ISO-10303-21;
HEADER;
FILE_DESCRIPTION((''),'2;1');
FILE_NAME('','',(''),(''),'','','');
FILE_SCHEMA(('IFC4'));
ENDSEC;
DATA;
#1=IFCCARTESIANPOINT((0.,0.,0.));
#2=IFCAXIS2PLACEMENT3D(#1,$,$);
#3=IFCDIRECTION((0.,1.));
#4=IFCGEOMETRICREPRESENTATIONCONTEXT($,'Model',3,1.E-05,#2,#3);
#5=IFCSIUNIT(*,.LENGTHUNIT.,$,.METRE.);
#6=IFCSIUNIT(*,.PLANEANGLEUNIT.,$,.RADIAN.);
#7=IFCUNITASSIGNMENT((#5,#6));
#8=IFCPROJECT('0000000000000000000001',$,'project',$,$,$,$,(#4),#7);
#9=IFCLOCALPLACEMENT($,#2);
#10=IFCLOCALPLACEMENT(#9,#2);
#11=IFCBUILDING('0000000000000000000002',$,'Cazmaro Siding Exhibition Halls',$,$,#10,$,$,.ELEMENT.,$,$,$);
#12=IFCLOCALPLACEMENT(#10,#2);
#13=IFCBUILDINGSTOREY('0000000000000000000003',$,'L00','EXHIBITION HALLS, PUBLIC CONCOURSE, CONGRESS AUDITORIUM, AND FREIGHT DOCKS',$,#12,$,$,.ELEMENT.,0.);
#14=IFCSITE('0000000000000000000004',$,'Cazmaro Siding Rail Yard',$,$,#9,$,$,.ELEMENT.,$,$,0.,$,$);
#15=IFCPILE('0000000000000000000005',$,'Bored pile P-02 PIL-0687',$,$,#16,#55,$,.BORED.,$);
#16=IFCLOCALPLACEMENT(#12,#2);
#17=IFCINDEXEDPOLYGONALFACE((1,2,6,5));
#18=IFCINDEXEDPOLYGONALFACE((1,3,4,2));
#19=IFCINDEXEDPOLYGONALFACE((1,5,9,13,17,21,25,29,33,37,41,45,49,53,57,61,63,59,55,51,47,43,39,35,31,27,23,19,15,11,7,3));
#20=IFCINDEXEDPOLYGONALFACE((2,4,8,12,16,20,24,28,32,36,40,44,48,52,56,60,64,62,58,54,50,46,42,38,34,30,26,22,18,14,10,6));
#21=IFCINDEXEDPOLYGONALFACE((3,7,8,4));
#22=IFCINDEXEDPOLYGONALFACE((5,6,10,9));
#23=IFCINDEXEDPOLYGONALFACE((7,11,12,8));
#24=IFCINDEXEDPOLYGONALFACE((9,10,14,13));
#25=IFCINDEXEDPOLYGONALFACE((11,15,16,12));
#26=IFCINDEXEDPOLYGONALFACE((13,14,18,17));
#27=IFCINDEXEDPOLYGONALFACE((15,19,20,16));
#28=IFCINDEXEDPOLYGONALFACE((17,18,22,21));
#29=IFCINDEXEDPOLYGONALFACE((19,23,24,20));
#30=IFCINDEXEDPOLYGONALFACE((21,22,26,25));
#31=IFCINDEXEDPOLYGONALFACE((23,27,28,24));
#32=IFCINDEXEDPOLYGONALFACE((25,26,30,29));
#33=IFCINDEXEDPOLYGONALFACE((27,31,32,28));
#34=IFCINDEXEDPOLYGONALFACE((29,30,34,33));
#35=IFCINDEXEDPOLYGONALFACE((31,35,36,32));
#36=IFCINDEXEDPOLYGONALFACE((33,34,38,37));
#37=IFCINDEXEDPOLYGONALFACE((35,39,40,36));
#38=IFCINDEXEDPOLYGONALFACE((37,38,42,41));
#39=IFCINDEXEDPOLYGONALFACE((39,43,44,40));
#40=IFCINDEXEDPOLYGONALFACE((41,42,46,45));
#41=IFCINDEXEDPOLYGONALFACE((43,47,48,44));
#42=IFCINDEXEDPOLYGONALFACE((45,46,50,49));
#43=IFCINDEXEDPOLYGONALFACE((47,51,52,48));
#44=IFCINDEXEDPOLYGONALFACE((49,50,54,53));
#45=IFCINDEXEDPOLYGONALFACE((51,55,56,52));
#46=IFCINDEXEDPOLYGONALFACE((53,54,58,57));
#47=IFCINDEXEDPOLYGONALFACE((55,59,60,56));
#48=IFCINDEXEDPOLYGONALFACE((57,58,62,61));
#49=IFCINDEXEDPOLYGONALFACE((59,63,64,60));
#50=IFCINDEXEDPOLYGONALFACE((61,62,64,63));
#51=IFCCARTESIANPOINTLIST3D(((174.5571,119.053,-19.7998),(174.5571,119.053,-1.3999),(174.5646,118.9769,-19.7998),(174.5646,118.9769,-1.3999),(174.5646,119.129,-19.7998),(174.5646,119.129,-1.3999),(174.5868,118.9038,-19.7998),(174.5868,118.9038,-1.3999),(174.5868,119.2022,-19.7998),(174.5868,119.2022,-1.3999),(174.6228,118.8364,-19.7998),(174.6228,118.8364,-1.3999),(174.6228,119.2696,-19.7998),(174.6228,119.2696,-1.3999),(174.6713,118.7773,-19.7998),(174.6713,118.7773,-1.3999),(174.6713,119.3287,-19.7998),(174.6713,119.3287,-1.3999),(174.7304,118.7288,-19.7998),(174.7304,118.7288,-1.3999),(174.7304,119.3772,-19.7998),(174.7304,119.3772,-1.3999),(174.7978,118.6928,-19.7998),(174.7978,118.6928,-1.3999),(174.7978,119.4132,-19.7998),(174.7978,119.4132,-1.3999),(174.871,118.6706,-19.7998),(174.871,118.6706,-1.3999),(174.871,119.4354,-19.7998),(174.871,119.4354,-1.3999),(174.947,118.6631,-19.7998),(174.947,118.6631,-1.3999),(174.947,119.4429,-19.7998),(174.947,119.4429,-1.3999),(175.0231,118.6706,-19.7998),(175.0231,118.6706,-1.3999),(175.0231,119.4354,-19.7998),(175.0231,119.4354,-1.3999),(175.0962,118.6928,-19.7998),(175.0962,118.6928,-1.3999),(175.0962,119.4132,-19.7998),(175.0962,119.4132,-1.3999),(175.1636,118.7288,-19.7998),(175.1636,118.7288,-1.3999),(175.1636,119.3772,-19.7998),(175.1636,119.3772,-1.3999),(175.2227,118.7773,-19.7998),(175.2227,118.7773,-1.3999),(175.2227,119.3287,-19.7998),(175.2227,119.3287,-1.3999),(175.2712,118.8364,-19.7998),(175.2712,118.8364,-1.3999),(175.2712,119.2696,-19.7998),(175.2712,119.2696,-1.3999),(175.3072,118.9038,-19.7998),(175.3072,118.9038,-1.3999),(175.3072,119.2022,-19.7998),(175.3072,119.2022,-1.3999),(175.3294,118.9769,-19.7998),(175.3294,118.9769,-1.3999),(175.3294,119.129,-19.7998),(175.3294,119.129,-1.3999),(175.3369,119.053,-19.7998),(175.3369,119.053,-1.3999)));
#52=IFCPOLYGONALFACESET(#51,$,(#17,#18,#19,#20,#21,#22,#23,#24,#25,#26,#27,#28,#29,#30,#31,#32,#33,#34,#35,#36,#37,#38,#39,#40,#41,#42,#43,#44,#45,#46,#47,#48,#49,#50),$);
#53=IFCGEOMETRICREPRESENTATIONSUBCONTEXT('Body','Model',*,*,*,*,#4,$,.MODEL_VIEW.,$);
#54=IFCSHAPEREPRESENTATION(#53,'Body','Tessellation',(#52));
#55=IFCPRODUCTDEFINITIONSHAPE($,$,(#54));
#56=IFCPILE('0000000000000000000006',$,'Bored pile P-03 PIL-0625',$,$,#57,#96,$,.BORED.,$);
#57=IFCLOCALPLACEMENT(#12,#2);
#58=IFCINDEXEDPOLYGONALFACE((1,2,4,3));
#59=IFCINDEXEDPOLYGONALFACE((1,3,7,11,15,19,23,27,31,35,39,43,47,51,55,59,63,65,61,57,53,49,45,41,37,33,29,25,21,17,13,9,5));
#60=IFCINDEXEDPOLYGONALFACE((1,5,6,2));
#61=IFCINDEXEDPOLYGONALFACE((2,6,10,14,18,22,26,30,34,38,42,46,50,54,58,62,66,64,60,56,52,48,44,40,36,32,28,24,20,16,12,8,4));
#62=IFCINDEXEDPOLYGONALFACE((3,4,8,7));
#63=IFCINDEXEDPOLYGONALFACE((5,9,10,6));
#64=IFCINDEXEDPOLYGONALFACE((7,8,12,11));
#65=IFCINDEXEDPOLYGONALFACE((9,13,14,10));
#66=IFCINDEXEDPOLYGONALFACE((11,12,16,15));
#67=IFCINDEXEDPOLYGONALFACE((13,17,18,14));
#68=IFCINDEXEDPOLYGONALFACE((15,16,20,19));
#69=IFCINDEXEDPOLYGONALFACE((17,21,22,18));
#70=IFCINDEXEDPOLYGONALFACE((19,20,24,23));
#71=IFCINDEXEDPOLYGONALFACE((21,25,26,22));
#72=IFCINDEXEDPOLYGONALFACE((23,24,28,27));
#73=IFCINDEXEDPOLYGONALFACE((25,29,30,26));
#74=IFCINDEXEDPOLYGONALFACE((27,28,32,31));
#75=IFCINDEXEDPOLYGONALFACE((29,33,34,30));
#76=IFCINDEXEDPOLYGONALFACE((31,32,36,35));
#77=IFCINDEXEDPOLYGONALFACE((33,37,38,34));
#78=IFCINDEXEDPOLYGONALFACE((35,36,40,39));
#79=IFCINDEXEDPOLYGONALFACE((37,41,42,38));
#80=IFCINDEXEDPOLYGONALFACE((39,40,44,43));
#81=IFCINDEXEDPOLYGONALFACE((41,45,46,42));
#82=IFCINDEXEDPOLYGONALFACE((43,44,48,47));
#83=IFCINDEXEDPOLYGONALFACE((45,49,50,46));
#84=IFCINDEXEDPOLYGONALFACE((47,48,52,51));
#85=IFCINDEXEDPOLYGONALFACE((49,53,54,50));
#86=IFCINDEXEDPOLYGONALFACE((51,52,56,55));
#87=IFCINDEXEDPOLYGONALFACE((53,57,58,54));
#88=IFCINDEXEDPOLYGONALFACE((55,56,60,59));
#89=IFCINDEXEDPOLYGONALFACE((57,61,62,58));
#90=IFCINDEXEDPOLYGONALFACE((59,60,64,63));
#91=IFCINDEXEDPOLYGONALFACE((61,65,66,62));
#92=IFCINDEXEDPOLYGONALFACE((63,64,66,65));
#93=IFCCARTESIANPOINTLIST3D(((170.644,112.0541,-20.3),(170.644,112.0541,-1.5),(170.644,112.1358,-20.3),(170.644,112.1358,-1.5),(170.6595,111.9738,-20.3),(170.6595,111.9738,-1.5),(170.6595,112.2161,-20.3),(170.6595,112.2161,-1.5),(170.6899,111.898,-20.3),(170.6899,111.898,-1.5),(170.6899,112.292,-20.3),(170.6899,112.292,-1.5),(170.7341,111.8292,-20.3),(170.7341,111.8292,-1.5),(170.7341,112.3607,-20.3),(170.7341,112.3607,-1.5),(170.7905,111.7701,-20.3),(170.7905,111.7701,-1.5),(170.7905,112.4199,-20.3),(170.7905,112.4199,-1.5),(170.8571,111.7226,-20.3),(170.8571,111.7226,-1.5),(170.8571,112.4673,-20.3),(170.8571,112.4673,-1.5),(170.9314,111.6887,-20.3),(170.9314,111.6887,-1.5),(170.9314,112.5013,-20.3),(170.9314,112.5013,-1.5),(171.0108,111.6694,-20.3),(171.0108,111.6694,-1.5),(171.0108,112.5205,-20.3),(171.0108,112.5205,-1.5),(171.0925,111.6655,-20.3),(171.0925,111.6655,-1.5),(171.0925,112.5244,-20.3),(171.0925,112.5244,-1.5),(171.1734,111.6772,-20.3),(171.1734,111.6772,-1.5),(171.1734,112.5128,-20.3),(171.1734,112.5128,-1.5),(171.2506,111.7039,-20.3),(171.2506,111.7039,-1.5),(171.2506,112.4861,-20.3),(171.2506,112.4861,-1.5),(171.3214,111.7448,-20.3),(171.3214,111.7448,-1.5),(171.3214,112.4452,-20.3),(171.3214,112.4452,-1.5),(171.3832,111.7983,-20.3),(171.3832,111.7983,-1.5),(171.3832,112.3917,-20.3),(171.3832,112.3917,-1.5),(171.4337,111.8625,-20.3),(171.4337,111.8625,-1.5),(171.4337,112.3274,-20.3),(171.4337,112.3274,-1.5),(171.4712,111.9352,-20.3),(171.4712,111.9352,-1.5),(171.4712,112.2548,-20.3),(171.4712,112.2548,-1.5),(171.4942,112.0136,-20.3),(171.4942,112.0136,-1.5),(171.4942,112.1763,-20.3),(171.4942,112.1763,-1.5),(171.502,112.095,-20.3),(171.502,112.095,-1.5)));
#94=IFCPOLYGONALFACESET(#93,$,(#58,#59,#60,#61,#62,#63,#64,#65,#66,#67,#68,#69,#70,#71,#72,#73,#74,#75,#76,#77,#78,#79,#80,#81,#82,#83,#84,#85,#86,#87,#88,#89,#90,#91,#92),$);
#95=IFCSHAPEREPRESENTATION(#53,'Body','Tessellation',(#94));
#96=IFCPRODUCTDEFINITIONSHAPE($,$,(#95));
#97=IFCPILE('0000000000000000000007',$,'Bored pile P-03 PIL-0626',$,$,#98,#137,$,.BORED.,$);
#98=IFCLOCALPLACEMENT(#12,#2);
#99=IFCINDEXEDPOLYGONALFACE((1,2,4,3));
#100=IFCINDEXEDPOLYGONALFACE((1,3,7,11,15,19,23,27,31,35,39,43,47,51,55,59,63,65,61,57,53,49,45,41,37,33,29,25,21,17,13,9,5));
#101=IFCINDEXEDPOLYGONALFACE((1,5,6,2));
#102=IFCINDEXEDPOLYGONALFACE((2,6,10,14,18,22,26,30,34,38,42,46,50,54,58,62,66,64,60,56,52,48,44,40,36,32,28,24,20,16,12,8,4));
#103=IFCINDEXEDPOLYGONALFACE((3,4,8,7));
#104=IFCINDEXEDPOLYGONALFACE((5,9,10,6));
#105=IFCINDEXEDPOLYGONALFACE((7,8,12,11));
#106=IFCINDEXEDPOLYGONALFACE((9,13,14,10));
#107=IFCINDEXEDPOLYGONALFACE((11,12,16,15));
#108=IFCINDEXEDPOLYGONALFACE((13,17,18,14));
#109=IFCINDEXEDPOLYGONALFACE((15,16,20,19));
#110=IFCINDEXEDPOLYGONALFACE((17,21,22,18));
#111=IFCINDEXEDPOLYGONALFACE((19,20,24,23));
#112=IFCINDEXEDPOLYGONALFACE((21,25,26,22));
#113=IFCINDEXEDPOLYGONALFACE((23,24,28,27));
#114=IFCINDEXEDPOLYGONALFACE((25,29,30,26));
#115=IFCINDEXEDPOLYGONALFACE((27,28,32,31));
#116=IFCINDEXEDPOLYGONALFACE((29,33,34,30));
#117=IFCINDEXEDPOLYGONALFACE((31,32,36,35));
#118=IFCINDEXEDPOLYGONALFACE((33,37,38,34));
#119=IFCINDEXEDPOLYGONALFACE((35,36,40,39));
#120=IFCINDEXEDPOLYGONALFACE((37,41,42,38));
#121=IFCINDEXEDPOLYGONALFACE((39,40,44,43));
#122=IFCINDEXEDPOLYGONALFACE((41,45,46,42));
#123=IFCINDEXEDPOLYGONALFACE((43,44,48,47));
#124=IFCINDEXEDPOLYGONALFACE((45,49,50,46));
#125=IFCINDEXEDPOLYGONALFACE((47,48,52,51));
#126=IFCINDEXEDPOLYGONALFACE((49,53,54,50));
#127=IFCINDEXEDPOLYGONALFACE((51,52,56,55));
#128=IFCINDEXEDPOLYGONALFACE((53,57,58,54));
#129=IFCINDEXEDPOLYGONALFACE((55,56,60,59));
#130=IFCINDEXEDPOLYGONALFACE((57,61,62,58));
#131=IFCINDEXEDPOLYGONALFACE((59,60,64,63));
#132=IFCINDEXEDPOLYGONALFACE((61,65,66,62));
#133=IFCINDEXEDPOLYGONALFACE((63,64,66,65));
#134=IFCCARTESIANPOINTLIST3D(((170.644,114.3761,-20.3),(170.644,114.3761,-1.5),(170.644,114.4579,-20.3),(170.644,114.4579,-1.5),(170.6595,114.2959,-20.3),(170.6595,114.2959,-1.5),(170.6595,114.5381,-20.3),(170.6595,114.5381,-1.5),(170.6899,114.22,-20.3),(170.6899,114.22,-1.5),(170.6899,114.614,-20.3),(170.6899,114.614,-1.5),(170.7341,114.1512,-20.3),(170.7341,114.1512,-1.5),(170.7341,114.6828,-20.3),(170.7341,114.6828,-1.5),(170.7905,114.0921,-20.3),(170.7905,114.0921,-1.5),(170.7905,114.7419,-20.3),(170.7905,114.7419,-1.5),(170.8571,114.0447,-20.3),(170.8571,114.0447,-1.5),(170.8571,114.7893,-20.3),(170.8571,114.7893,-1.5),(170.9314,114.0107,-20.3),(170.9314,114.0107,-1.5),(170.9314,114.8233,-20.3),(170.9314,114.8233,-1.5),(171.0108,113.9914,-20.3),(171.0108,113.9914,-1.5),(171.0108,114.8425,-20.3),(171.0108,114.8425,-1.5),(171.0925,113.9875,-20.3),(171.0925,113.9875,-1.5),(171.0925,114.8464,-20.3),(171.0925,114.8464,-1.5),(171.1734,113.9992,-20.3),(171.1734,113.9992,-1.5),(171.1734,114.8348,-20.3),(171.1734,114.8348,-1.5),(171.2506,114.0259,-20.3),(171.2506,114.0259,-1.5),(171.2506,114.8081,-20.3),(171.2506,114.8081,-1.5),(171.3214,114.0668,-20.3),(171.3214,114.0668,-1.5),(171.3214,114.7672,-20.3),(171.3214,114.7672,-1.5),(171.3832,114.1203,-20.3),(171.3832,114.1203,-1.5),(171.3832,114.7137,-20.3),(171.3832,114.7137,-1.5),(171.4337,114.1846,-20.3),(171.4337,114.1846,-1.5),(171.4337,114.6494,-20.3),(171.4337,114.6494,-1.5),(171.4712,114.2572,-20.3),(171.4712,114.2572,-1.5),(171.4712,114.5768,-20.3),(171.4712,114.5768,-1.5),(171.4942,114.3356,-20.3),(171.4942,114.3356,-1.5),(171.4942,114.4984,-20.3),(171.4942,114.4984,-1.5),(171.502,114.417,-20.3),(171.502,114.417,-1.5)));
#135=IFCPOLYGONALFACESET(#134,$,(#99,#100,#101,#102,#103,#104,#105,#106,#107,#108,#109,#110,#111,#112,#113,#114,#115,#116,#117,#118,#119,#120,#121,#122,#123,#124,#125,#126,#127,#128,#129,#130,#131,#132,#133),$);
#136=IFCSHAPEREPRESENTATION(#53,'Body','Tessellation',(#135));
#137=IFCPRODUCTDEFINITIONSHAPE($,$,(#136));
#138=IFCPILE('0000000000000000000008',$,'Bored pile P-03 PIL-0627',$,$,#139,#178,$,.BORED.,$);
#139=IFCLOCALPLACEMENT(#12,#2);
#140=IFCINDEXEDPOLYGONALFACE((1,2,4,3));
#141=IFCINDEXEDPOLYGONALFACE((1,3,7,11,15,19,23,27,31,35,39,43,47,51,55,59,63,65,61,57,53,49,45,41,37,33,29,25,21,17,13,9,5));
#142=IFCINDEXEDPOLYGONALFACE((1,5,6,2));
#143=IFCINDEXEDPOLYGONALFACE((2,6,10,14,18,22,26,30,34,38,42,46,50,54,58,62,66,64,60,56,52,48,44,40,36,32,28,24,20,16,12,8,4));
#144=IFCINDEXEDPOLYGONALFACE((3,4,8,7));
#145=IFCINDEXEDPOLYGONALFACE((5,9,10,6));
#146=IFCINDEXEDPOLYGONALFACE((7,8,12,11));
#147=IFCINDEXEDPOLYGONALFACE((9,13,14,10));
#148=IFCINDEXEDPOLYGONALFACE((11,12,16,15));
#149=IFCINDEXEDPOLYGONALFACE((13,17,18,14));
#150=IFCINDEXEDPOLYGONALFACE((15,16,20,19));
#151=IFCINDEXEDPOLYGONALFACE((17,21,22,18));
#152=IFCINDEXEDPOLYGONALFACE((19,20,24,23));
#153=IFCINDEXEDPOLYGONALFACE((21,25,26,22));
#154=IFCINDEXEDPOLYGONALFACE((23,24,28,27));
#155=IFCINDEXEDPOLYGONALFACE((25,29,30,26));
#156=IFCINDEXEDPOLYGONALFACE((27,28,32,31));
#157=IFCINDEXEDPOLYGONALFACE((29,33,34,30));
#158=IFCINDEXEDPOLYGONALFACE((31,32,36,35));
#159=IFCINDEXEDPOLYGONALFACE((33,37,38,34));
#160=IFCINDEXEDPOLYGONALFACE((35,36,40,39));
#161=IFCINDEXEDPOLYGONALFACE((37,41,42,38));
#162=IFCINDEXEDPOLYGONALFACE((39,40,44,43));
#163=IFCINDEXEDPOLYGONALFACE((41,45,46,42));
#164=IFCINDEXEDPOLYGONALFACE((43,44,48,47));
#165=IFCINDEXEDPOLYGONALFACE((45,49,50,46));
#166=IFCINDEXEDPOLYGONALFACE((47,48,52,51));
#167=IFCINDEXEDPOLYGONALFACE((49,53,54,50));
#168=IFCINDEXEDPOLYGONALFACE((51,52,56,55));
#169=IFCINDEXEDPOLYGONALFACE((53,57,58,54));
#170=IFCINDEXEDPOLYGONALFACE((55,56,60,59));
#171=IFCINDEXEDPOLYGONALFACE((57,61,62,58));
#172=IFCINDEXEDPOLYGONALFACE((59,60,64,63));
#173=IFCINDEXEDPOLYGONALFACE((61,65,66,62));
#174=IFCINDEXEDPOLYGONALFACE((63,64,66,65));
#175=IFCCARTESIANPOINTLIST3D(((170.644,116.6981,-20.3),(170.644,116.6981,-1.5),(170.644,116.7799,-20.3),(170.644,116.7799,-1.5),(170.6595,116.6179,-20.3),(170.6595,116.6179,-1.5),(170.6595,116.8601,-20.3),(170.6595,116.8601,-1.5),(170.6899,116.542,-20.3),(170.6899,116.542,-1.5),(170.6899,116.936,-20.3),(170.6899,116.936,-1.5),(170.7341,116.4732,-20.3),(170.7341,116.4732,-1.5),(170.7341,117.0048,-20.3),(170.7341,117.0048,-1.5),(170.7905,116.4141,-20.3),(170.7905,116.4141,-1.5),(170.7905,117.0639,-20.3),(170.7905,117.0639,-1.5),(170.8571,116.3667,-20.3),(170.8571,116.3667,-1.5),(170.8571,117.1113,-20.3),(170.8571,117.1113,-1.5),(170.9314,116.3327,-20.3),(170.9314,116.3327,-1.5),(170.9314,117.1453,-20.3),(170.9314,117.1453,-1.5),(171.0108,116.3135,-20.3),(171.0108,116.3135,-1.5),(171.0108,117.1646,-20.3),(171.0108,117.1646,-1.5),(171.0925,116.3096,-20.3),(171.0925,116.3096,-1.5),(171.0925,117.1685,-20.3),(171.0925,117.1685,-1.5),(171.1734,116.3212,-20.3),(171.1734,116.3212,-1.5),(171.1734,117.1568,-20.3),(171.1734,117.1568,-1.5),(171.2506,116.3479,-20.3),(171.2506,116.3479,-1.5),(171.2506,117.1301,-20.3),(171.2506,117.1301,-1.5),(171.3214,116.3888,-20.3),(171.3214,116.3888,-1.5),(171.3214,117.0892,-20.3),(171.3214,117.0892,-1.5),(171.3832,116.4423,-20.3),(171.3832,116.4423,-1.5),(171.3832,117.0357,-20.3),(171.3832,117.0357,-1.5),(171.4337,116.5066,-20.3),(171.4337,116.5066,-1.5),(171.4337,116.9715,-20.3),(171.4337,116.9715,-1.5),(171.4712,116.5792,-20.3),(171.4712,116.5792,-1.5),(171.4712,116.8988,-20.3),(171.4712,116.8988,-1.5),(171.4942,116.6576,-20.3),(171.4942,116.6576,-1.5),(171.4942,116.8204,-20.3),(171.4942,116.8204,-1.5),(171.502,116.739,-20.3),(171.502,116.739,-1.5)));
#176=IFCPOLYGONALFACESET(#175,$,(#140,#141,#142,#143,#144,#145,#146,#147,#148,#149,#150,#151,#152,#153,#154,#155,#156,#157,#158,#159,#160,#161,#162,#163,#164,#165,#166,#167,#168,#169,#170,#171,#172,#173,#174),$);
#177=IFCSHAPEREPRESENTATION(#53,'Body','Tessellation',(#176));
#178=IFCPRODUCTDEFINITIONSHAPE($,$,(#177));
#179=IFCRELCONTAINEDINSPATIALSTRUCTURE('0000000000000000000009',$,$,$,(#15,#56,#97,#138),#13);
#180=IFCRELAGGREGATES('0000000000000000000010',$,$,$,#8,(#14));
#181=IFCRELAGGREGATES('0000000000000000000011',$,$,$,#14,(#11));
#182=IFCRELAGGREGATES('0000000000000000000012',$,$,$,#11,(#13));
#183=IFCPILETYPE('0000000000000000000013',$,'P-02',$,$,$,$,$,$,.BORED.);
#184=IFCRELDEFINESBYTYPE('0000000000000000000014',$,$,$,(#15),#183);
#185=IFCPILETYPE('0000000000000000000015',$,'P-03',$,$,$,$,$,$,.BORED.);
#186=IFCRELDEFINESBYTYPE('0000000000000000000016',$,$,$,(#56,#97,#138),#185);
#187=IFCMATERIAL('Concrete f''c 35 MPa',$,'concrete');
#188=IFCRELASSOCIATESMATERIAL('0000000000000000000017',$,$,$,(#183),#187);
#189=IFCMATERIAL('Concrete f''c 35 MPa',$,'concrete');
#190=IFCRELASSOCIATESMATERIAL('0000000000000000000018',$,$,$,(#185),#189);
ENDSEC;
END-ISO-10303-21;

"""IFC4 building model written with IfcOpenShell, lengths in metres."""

from ifc_helpers import new_model, si_unit, direction, frame, origin, origin_2d, place, context, subcontext, project, spatial, circle, extrude, material, material_profile, profile_set, type_object, element, save


model = new_model("IFC4")

# Units and contexts
model_context = context("Model", 3, precision=1e-05, world=origin(), true_north=direction((0.0, 1.0)))
body_context = subcontext(model_context, "Body", "Model", "MODEL_VIEW")
ifc_project = project(units=[si_unit("LENGTHUNIT", "METRE"), si_unit("PLANEANGLEUNIT", "RADIAN")], contexts=[model_context])

# Site, building, storey
site_placement = place(None, origin())
site = spatial("IfcSite", under=ifc_project, at=site_placement, Name="Cazmaro Siding Rail Yard", CompositionType="ELEMENT", RefElevation=0.0)
building_placement = place(site_placement, origin())
building = spatial("IfcBuilding", under=site, at=building_placement, Name="Cazmaro Siding Exhibition Halls", CompositionType="ELEMENT")
storey_placement = place(building_placement, origin())
storey = spatial("IfcBuildingStorey", under=building, at=storey_placement, Name="L00", Description="EXHIBITION HALLS, PUBLIC CONCOURSE, CONGRESS AUDITORIUM, AND FREIGHT DOCKS", CompositionType="ELEMENT", Elevation=0.0)

# Piles
ifc_material_1 = material(Name="Concrete f'c 35 MPa", Category="concrete")
ifc_material_profile_1 = material_profile(ifc_material_1, circle(Radius=0.3899, at=origin_2d()), Name="CIDH-780")
ifc_profile_set_1 = profile_set([ifc_material_profile_1], Name="Concrete f'c 35 MPa")
pile_type_1 = type_object("IfcPileType", Name="P-02", PredefinedType="BORED", material=ifc_profile_set_1)
for number, where, z_axis, x_axis, name in (
    (1, (174.947, 119.053, -1.3999), (0.0, 0.0, -1.0), (1.0, 0.0, 0.0), "Bored pile P-02 PIL-0687"),
):
    element("IfcPile", number, at=place(storey_placement, frame(where, z_axis=z_axis, x_axis=x_axis)), inside=storey, type_object=pile_type_1, Name=name, PredefinedType="BORED", context=body_context, shape_type="SweptSolid", body=[
        extrude(circle(Radius=0.3899, at=origin_2d()), origin(), (0.0, 0.0, 1.0), 18.3999),
    ])
ifc_material_2 = material(Name="Concrete f'c 35 MPa", Category="concrete")
ifc_material_profile_2 = material_profile(ifc_material_2, circle(Radius=0.4299, at=origin_2d()), Name="CIDH-860")
ifc_profile_set_2 = profile_set([ifc_material_profile_2], Name="Concrete f'c 35 MPa")
pile_type_2 = type_object("IfcPileType", Name="P-03", PredefinedType="BORED", material=ifc_profile_set_2)
for number, where, z_axis, x_axis, name in (
    (2, (171.072, 112.095, -1.5), (0.0, 0.0, -1.0), (1.0, 0.0, 0.0), "Bored pile P-03 PIL-0625"),
    (3, (171.072, 114.417, -1.5), (0.0, 0.0, -1.0), (1.0, 0.0, 0.0), "Bored pile P-03 PIL-0626"),
    (4, (171.072, 116.739, -1.5), (0.0, 0.0, -1.0), (1.0, 0.0, 0.0), "Bored pile P-03 PIL-0627"),
):
    element("IfcPile", number, at=place(storey_placement, frame(where, z_axis=z_axis, x_axis=x_axis)), inside=storey, type_object=pile_type_2, Name=name, PredefinedType="BORED", context=body_context, shape_type="SweptSolid", body=[
        extrude(circle(Radius=0.4299, at=origin_2d()), origin(), (0.0, 0.0, 1.0), 18.8),
    ])

save(model, "model.ifc")
